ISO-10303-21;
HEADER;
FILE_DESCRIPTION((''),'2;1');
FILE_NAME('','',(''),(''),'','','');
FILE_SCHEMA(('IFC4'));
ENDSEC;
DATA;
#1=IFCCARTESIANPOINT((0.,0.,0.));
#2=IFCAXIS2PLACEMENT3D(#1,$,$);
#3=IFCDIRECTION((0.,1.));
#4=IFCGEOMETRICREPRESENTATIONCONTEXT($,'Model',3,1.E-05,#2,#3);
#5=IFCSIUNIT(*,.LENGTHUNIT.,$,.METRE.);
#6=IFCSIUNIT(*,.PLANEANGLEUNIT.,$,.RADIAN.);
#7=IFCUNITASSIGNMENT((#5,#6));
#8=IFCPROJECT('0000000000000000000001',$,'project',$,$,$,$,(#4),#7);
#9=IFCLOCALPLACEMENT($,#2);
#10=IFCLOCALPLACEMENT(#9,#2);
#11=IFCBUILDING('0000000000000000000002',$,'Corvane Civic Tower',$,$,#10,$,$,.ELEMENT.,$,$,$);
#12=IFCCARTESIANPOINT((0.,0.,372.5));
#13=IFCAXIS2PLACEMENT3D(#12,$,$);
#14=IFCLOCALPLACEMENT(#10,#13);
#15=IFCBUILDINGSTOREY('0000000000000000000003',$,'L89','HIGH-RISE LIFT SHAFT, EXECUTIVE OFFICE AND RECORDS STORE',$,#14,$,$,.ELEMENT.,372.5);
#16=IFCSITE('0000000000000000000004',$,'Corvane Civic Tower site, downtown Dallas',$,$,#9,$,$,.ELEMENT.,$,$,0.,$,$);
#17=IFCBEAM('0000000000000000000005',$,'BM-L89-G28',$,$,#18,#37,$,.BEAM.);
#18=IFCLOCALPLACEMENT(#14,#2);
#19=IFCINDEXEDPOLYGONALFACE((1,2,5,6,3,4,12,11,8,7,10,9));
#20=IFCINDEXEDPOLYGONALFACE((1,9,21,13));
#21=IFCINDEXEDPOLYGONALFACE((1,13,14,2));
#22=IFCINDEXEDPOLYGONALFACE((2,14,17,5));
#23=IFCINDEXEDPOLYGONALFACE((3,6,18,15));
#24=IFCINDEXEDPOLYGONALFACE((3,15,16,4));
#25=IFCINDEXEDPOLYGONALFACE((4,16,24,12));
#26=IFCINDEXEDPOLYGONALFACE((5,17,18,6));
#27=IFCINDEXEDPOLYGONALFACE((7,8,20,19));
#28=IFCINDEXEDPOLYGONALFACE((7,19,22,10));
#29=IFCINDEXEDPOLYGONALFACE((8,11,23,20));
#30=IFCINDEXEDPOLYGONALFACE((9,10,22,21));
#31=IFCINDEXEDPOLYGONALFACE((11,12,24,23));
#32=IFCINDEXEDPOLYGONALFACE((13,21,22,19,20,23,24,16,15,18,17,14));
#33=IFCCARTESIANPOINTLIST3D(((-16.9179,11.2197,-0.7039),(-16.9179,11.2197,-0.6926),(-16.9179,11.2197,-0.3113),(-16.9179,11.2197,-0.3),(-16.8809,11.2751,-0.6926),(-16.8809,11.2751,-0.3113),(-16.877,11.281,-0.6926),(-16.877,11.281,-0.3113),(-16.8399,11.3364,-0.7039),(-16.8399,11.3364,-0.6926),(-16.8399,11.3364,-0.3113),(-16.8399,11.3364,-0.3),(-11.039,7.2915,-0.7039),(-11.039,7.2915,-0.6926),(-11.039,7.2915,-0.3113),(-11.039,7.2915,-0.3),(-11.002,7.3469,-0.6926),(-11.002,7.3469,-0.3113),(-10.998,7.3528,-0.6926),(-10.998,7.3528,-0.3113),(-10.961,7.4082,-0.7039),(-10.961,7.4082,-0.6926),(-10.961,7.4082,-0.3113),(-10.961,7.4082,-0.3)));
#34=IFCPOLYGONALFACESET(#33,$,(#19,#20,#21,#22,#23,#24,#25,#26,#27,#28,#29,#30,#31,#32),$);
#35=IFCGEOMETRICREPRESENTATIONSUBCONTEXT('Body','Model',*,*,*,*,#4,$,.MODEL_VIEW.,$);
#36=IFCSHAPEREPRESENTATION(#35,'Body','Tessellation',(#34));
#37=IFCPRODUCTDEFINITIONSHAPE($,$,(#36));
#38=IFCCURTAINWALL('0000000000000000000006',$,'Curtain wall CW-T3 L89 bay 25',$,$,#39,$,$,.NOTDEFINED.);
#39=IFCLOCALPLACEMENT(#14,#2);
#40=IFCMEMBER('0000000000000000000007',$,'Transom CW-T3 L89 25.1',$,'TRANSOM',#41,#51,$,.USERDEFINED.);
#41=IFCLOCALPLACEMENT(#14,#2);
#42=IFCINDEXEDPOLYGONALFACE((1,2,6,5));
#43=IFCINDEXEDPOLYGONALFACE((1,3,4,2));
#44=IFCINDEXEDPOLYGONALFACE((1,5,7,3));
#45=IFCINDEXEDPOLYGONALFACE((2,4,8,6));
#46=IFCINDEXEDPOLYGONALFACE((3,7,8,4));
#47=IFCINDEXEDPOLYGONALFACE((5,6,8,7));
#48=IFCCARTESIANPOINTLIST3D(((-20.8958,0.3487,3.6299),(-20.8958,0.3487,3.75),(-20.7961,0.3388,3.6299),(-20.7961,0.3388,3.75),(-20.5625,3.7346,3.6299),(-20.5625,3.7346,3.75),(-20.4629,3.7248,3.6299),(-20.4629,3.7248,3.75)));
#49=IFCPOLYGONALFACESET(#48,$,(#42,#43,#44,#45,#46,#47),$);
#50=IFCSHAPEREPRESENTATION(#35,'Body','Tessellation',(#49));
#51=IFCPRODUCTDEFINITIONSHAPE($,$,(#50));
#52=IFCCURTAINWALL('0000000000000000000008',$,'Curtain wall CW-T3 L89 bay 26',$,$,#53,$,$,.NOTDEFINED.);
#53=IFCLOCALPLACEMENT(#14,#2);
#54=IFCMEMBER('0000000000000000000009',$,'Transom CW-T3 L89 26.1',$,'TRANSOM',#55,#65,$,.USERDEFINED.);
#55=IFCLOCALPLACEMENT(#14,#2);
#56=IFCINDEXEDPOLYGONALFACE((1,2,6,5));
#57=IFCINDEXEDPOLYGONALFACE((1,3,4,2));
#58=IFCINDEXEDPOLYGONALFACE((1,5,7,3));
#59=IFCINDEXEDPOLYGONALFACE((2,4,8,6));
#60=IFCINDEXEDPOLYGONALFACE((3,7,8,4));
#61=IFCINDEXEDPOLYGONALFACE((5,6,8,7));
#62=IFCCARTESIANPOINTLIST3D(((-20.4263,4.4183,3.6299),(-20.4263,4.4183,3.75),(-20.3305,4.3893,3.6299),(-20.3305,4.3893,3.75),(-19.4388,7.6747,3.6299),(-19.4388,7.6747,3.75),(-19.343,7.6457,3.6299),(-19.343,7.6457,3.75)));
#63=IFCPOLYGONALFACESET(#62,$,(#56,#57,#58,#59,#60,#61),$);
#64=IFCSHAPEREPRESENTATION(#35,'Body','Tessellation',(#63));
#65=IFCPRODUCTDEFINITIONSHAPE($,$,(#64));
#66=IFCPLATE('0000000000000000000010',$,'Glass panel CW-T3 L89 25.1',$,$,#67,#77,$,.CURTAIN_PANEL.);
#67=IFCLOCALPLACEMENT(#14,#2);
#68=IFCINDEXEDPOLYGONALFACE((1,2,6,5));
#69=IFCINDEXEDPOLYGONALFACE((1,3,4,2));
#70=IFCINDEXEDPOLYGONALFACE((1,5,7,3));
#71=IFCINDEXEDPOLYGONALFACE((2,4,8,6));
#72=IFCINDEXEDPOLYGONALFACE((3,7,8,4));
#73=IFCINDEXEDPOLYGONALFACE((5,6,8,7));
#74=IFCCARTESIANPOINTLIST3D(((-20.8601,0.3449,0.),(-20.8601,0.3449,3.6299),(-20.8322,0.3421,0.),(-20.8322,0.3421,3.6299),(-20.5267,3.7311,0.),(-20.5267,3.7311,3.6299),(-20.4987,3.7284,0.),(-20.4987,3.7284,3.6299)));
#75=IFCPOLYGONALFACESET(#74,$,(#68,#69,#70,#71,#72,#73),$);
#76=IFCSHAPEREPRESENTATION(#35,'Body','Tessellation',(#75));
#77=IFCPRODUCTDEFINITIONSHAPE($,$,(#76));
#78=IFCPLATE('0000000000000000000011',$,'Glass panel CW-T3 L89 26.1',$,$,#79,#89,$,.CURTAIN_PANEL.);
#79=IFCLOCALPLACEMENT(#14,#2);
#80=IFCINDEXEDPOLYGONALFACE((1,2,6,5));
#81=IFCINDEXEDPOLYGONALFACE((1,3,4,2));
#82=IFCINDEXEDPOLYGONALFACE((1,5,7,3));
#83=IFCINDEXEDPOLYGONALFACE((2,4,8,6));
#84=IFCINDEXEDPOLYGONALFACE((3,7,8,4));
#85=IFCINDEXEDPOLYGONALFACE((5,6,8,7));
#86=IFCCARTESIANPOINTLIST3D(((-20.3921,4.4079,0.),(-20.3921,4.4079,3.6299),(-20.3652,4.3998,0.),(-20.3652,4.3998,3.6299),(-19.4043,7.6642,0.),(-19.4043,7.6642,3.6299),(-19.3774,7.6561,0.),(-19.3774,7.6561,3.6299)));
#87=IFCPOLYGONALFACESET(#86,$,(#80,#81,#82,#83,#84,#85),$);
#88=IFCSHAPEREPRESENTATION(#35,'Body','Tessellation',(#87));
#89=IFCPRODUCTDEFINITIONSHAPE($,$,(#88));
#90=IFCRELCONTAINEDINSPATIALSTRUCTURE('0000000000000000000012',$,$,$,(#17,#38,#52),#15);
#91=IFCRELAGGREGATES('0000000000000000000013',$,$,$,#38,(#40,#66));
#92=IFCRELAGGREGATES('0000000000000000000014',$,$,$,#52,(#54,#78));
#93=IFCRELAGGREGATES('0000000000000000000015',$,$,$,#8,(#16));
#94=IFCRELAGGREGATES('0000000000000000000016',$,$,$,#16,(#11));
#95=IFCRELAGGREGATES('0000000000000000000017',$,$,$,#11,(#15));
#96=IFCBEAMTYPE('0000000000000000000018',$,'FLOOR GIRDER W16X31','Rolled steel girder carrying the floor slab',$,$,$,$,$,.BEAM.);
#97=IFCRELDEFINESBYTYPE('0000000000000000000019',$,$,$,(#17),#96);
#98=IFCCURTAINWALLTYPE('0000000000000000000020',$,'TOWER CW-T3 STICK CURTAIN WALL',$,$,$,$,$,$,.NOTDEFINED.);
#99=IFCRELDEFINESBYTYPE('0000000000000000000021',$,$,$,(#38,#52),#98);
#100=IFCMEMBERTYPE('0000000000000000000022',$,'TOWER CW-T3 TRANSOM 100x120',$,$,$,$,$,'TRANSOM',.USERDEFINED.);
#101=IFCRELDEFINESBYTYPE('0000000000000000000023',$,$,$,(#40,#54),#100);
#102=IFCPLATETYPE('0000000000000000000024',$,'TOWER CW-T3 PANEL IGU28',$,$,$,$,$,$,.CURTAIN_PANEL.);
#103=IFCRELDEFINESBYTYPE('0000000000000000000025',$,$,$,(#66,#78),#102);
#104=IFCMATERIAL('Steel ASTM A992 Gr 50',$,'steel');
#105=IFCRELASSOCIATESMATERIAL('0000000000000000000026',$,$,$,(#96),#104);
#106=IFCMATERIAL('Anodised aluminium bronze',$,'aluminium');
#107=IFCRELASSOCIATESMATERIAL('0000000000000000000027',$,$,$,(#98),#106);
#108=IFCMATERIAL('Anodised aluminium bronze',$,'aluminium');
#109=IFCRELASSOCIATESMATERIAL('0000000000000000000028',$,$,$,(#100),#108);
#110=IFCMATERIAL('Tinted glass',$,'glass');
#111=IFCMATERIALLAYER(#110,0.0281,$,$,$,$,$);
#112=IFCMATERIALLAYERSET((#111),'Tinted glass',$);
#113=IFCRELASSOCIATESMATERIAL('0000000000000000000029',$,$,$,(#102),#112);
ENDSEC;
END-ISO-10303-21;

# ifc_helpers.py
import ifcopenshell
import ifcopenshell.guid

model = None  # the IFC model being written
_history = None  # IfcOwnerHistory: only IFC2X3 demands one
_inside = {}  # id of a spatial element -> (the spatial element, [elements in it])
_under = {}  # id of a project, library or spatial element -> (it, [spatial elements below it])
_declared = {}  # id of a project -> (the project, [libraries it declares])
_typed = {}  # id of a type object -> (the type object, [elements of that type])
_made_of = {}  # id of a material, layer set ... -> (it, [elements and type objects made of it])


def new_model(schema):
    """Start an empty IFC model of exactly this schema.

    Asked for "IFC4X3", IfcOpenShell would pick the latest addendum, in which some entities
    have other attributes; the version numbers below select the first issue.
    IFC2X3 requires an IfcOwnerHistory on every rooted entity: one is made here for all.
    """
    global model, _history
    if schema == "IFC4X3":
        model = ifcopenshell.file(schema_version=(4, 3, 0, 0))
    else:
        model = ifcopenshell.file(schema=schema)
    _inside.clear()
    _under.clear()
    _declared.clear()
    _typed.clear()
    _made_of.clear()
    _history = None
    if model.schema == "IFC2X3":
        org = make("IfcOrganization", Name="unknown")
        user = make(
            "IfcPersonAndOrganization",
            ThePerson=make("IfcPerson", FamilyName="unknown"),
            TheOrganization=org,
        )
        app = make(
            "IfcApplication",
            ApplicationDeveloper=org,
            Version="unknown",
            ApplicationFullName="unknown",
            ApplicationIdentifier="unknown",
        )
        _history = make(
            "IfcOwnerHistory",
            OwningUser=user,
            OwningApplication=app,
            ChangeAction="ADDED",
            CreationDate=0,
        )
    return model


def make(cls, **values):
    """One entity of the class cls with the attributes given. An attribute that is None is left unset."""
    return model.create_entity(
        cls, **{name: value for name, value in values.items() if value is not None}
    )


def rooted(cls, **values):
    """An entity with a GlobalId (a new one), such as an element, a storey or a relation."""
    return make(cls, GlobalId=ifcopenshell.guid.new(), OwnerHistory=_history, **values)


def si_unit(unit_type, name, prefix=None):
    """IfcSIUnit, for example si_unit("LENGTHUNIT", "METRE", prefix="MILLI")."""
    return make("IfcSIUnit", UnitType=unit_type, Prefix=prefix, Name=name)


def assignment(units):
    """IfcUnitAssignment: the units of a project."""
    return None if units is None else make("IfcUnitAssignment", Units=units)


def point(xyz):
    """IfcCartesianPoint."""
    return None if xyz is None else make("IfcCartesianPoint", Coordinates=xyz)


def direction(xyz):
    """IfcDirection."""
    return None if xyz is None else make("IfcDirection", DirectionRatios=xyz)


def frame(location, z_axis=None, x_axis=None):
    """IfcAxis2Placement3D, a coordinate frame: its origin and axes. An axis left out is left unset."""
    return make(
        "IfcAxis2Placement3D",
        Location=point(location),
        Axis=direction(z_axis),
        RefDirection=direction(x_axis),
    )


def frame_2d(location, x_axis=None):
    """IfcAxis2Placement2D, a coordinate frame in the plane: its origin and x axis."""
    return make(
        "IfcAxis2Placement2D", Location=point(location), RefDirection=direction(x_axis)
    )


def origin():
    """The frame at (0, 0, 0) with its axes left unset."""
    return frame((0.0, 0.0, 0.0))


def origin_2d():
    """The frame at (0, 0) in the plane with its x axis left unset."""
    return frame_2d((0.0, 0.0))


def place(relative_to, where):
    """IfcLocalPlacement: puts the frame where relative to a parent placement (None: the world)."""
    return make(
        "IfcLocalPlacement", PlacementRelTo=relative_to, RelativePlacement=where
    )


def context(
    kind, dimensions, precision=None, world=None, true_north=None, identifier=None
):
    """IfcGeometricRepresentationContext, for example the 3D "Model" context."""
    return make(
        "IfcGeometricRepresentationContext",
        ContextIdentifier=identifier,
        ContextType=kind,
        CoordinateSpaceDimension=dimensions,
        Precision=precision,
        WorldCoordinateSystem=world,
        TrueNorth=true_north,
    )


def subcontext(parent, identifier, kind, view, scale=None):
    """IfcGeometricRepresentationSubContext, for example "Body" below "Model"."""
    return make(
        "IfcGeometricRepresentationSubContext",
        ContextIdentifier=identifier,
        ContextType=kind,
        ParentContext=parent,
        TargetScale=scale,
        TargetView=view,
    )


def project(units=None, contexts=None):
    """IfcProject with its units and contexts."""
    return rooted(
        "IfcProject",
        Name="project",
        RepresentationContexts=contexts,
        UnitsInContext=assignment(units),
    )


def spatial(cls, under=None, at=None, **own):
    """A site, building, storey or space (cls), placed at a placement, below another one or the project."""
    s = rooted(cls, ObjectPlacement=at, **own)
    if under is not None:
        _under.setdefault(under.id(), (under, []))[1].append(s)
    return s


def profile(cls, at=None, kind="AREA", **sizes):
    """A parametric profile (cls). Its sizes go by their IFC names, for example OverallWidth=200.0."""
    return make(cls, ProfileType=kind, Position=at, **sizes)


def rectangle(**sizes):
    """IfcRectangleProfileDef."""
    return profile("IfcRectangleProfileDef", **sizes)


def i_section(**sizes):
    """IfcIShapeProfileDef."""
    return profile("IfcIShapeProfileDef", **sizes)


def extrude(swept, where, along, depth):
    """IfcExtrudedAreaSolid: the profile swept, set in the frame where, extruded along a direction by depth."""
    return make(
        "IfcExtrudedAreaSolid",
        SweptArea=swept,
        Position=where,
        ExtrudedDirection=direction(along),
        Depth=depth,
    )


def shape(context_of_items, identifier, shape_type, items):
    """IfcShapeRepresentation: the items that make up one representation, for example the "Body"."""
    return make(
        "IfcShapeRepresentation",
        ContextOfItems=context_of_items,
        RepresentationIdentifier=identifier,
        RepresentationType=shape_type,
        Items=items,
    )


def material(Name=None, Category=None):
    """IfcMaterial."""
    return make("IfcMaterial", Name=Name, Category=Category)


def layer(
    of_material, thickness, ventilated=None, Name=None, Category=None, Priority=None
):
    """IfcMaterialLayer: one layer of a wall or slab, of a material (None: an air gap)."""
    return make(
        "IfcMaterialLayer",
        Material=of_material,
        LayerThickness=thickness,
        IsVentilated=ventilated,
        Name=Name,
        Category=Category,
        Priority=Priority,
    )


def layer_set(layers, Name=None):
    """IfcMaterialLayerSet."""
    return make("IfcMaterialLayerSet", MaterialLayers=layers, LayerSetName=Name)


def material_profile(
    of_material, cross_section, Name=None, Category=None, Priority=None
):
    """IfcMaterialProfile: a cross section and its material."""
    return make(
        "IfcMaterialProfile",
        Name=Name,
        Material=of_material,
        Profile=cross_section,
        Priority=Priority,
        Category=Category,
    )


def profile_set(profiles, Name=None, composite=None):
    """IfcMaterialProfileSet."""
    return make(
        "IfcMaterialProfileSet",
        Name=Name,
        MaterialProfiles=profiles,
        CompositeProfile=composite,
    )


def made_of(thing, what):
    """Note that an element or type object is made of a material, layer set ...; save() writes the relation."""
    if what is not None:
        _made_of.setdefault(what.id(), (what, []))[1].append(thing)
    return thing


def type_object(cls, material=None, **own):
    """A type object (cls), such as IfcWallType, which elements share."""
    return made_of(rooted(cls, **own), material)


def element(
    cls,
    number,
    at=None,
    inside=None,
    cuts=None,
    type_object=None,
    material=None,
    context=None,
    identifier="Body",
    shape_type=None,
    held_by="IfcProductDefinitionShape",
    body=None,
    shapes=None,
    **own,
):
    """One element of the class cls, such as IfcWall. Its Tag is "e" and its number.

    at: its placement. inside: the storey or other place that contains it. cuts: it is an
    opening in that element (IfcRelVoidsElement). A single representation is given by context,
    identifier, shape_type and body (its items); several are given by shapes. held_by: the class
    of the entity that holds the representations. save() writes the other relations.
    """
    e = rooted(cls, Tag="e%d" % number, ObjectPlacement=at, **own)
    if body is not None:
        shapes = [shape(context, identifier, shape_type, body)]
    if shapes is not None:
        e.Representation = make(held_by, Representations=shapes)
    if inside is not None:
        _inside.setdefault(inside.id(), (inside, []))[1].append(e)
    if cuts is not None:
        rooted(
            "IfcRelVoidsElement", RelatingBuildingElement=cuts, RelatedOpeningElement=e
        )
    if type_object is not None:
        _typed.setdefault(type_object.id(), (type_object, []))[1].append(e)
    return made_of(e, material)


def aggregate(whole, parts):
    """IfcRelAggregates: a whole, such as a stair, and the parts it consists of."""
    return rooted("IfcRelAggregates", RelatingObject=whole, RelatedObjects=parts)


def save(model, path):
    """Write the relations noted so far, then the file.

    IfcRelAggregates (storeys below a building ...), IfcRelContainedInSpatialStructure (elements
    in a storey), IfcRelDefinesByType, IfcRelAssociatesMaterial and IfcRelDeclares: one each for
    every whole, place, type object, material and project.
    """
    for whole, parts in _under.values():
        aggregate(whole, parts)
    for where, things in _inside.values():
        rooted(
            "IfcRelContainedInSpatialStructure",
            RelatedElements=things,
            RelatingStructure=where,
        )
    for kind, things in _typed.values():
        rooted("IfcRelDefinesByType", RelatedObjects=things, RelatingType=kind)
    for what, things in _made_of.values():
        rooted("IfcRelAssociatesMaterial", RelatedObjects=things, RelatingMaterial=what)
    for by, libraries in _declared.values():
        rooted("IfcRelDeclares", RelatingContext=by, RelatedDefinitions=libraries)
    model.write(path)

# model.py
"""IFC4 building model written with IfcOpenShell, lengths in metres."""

from ifc_helpers import new_model, si_unit, direction, frame, origin, origin_2d, place, context, subcontext, project, spatial, rectangle, i_section, extrude, material, layer, layer_set, material_profile, profile_set, type_object, element, aggregate, save


model = new_model("IFC4")

# Units and contexts
model_context = context("Model", 3, precision=1e-05, world=origin(), true_north=direction((0.0, 1.0)))
body_context = subcontext(model_context, "Body", "Model", "MODEL_VIEW")
ifc_project = project(units=[si_unit("LENGTHUNIT", "METRE"), si_unit("PLANEANGLEUNIT", "RADIAN")], contexts=[model_context])

# Site, building, storey
site_placement = place(None, origin())
site = spatial("IfcSite", under=ifc_project, at=site_placement, Name="Corvane Civic Tower site, downtown Dallas", CompositionType="ELEMENT", RefElevation=0.0)
building_placement = place(site_placement, origin())
building = spatial("IfcBuilding", under=site, at=building_placement, Name="Corvane Civic Tower", CompositionType="ELEMENT")
storey_placement = place(building_placement, frame((0.0, 0.0, 372.5)))
storey = spatial("IfcBuildingStorey", under=building, at=storey_placement, Name="L89", Description="HIGH-RISE LIFT SHAFT, EXECUTIVE OFFICE AND RECORDS STORE", CompositionType="ELEMENT", Elevation=372.5)

# Beam
ifc_material_1 = material(Name="Steel ASTM A992 Gr 50", Category="steel")
ifc_material_profile_1 = material_profile(ifc_material_1, i_section(OverallWidth=0.1404, OverallDepth=0.4038, WebThickness=0.0071, FlangeThickness=0.0112, at=origin_2d()), Name="W16X31")
ifc_profile_set_1 = profile_set([ifc_material_profile_1], Name="Steel ASTM A992 Gr 50")
beam_type_1 = type_object("IfcBeamType", Name="FLOOR GIRDER W16X31", Description="Rolled steel girder carrying the floor slab", PredefinedType="BEAM", material=ifc_profile_set_1)
beam_1_placement = place(storey_placement, frame((-11.0, 7.3499, -0.502), z_axis=(-0.831465, 0.555576, 0.0), x_axis=(-0.555576, -0.831465, 0.0)))
element("IfcBeam", 1, at=beam_1_placement, inside=storey, type_object=beam_type_1, Name="BM-L89-G28", PredefinedType="BEAM", context=body_context, shape_type="SweptSolid", body=[
    extrude(i_section(OverallWidth=0.1404, OverallDepth=0.4038, WebThickness=0.0071, FlangeThickness=0.0112, at=origin_2d()), origin(), (0.0, 0.0, 1.0), 7.0706),
])

# Curtain walls, members
ifc_material_2 = material(Name="Anodised aluminium bronze", Category="aluminium")
curtain_wall_type = type_object("IfcCurtainWallType", Name="TOWER CW-T3 STICK CURTAIN WALL", PredefinedType="NOTDEFINED", material=ifc_material_2)
curtain_wall_1_placement = place(storey_placement, origin())
curtain_wall_1 = element("IfcCurtainWall", 2, at=curtain_wall_1_placement, inside=storey, type_object=curtain_wall_type, Name="Curtain wall CW-T3 L89 bay 25", PredefinedType="NOTDEFINED")
ifc_material_3 = material(Name="Anodised aluminium bronze", Category="aluminium")
ifc_material_profile_2 = material_profile(ifc_material_3, rectangle(XDim=0.1001, YDim=0.1201, at=origin_2d()), Name="TOWER CW-T3 TRANSOM 100x120")
ifc_profile_set_2 = profile_set([ifc_material_profile_2], Name="Anodised aluminium bronze")
member_type = type_object("IfcMemberType", Name="TOWER CW-T3 TRANSOM 100x120", ElementType="TRANSOM", PredefinedType="USERDEFINED", material=ifc_profile_set_2)
member_1_placement = place(storey_placement, frame((-20.8459, 0.3438, 3.6899), z_axis=(0.097948, 0.995192, 0.0), x_axis=(-0.995192, 0.097948, 0.0)))
member_1 = element("IfcMember", 3, at=member_1_placement, type_object=member_type, Name="Transom CW-T3 L89 25.1", ObjectType="TRANSOM", PredefinedType="USERDEFINED", context=body_context, shape_type="SweptSolid", body=[
    extrude(rectangle(XDim=0.1001, YDim=0.1201, at=origin_2d()), origin(), (0.0, 0.0, 1.0), 3.4023),
])
curtain_wall_2_placement = place(storey_placement, origin())
curtain_wall_2 = element("IfcCurtainWall", 4, at=curtain_wall_2_placement, inside=storey, type_object=curtain_wall_type, Name="Curtain wall CW-T3 L89 bay 26", PredefinedType="NOTDEFINED")
member_2_placement = place(storey_placement, frame((-20.3784, 4.4038, 3.6899), z_axis=(0.290216, 0.956961, 0.0), x_axis=(-0.956961, 0.290216, 0.0)))
member_2 = element("IfcMember", 5, at=member_2_placement, type_object=member_type, Name="Transom CW-T3 L89 26.1", ObjectType="TRANSOM", PredefinedType="USERDEFINED", context=body_context, shape_type="SweptSolid", body=[
    extrude(rectangle(XDim=0.1001, YDim=0.1201, at=origin_2d()), origin(), (0.0, 0.0, 1.0), 3.4028),
])

# Plates
ifc_material_4 = material(Name="Tinted glass", Category="glass")
ifc_layer_1 = layer(ifc_material_4, 0.0281)
ifc_layer_set_1 = layer_set([ifc_layer_1], Name="Tinted glass")
plate_type = type_object("IfcPlateType", Name="TOWER CW-T3 PANEL IGU28", PredefinedType="CURTAIN_PANEL", material=ifc_layer_set_1)
plate_1_placement = place(storey_placement, frame((-20.6794, 2.0366, 0.0), z_axis=(0.0, 0.0, 1.0), x_axis=(0.097998, 0.995187, 0.0)))
plate_1 = element("IfcPlate", 6, at=plate_1_placement, type_object=plate_type, Name="Glass panel CW-T3 L89 25.1", PredefinedType="CURTAIN_PANEL", context=body_context, shape_type="SweptSolid", body=[
    extrude(rectangle(XDim=3.4026, YDim=0.0281, at=origin_2d()), origin(), (0.0, 0.0, 1.0), 3.6299),
])
aggregate(curtain_wall_1, [member_1, plate_1])
plate_2_placement = place(storey_placement, frame((-19.8848, 6.032, 0.0), z_axis=(0.0, 0.0, 1.0), x_axis=(0.29029, 0.956939, 0.0)))
plate_2 = element("IfcPlate", 7, at=plate_2_placement, type_object=plate_type, Name="Glass panel CW-T3 L89 26.1", PredefinedType="CURTAIN_PANEL", context=body_context, shape_type="SweptSolid", body=[
    extrude(rectangle(XDim=3.4028, YDim=0.0281, at=origin_2d()), origin(), (0.0, 0.0, 1.0), 3.6299),
])
aggregate(curtain_wall_2, [member_2, plate_2])

save(model, "model.ifc")
